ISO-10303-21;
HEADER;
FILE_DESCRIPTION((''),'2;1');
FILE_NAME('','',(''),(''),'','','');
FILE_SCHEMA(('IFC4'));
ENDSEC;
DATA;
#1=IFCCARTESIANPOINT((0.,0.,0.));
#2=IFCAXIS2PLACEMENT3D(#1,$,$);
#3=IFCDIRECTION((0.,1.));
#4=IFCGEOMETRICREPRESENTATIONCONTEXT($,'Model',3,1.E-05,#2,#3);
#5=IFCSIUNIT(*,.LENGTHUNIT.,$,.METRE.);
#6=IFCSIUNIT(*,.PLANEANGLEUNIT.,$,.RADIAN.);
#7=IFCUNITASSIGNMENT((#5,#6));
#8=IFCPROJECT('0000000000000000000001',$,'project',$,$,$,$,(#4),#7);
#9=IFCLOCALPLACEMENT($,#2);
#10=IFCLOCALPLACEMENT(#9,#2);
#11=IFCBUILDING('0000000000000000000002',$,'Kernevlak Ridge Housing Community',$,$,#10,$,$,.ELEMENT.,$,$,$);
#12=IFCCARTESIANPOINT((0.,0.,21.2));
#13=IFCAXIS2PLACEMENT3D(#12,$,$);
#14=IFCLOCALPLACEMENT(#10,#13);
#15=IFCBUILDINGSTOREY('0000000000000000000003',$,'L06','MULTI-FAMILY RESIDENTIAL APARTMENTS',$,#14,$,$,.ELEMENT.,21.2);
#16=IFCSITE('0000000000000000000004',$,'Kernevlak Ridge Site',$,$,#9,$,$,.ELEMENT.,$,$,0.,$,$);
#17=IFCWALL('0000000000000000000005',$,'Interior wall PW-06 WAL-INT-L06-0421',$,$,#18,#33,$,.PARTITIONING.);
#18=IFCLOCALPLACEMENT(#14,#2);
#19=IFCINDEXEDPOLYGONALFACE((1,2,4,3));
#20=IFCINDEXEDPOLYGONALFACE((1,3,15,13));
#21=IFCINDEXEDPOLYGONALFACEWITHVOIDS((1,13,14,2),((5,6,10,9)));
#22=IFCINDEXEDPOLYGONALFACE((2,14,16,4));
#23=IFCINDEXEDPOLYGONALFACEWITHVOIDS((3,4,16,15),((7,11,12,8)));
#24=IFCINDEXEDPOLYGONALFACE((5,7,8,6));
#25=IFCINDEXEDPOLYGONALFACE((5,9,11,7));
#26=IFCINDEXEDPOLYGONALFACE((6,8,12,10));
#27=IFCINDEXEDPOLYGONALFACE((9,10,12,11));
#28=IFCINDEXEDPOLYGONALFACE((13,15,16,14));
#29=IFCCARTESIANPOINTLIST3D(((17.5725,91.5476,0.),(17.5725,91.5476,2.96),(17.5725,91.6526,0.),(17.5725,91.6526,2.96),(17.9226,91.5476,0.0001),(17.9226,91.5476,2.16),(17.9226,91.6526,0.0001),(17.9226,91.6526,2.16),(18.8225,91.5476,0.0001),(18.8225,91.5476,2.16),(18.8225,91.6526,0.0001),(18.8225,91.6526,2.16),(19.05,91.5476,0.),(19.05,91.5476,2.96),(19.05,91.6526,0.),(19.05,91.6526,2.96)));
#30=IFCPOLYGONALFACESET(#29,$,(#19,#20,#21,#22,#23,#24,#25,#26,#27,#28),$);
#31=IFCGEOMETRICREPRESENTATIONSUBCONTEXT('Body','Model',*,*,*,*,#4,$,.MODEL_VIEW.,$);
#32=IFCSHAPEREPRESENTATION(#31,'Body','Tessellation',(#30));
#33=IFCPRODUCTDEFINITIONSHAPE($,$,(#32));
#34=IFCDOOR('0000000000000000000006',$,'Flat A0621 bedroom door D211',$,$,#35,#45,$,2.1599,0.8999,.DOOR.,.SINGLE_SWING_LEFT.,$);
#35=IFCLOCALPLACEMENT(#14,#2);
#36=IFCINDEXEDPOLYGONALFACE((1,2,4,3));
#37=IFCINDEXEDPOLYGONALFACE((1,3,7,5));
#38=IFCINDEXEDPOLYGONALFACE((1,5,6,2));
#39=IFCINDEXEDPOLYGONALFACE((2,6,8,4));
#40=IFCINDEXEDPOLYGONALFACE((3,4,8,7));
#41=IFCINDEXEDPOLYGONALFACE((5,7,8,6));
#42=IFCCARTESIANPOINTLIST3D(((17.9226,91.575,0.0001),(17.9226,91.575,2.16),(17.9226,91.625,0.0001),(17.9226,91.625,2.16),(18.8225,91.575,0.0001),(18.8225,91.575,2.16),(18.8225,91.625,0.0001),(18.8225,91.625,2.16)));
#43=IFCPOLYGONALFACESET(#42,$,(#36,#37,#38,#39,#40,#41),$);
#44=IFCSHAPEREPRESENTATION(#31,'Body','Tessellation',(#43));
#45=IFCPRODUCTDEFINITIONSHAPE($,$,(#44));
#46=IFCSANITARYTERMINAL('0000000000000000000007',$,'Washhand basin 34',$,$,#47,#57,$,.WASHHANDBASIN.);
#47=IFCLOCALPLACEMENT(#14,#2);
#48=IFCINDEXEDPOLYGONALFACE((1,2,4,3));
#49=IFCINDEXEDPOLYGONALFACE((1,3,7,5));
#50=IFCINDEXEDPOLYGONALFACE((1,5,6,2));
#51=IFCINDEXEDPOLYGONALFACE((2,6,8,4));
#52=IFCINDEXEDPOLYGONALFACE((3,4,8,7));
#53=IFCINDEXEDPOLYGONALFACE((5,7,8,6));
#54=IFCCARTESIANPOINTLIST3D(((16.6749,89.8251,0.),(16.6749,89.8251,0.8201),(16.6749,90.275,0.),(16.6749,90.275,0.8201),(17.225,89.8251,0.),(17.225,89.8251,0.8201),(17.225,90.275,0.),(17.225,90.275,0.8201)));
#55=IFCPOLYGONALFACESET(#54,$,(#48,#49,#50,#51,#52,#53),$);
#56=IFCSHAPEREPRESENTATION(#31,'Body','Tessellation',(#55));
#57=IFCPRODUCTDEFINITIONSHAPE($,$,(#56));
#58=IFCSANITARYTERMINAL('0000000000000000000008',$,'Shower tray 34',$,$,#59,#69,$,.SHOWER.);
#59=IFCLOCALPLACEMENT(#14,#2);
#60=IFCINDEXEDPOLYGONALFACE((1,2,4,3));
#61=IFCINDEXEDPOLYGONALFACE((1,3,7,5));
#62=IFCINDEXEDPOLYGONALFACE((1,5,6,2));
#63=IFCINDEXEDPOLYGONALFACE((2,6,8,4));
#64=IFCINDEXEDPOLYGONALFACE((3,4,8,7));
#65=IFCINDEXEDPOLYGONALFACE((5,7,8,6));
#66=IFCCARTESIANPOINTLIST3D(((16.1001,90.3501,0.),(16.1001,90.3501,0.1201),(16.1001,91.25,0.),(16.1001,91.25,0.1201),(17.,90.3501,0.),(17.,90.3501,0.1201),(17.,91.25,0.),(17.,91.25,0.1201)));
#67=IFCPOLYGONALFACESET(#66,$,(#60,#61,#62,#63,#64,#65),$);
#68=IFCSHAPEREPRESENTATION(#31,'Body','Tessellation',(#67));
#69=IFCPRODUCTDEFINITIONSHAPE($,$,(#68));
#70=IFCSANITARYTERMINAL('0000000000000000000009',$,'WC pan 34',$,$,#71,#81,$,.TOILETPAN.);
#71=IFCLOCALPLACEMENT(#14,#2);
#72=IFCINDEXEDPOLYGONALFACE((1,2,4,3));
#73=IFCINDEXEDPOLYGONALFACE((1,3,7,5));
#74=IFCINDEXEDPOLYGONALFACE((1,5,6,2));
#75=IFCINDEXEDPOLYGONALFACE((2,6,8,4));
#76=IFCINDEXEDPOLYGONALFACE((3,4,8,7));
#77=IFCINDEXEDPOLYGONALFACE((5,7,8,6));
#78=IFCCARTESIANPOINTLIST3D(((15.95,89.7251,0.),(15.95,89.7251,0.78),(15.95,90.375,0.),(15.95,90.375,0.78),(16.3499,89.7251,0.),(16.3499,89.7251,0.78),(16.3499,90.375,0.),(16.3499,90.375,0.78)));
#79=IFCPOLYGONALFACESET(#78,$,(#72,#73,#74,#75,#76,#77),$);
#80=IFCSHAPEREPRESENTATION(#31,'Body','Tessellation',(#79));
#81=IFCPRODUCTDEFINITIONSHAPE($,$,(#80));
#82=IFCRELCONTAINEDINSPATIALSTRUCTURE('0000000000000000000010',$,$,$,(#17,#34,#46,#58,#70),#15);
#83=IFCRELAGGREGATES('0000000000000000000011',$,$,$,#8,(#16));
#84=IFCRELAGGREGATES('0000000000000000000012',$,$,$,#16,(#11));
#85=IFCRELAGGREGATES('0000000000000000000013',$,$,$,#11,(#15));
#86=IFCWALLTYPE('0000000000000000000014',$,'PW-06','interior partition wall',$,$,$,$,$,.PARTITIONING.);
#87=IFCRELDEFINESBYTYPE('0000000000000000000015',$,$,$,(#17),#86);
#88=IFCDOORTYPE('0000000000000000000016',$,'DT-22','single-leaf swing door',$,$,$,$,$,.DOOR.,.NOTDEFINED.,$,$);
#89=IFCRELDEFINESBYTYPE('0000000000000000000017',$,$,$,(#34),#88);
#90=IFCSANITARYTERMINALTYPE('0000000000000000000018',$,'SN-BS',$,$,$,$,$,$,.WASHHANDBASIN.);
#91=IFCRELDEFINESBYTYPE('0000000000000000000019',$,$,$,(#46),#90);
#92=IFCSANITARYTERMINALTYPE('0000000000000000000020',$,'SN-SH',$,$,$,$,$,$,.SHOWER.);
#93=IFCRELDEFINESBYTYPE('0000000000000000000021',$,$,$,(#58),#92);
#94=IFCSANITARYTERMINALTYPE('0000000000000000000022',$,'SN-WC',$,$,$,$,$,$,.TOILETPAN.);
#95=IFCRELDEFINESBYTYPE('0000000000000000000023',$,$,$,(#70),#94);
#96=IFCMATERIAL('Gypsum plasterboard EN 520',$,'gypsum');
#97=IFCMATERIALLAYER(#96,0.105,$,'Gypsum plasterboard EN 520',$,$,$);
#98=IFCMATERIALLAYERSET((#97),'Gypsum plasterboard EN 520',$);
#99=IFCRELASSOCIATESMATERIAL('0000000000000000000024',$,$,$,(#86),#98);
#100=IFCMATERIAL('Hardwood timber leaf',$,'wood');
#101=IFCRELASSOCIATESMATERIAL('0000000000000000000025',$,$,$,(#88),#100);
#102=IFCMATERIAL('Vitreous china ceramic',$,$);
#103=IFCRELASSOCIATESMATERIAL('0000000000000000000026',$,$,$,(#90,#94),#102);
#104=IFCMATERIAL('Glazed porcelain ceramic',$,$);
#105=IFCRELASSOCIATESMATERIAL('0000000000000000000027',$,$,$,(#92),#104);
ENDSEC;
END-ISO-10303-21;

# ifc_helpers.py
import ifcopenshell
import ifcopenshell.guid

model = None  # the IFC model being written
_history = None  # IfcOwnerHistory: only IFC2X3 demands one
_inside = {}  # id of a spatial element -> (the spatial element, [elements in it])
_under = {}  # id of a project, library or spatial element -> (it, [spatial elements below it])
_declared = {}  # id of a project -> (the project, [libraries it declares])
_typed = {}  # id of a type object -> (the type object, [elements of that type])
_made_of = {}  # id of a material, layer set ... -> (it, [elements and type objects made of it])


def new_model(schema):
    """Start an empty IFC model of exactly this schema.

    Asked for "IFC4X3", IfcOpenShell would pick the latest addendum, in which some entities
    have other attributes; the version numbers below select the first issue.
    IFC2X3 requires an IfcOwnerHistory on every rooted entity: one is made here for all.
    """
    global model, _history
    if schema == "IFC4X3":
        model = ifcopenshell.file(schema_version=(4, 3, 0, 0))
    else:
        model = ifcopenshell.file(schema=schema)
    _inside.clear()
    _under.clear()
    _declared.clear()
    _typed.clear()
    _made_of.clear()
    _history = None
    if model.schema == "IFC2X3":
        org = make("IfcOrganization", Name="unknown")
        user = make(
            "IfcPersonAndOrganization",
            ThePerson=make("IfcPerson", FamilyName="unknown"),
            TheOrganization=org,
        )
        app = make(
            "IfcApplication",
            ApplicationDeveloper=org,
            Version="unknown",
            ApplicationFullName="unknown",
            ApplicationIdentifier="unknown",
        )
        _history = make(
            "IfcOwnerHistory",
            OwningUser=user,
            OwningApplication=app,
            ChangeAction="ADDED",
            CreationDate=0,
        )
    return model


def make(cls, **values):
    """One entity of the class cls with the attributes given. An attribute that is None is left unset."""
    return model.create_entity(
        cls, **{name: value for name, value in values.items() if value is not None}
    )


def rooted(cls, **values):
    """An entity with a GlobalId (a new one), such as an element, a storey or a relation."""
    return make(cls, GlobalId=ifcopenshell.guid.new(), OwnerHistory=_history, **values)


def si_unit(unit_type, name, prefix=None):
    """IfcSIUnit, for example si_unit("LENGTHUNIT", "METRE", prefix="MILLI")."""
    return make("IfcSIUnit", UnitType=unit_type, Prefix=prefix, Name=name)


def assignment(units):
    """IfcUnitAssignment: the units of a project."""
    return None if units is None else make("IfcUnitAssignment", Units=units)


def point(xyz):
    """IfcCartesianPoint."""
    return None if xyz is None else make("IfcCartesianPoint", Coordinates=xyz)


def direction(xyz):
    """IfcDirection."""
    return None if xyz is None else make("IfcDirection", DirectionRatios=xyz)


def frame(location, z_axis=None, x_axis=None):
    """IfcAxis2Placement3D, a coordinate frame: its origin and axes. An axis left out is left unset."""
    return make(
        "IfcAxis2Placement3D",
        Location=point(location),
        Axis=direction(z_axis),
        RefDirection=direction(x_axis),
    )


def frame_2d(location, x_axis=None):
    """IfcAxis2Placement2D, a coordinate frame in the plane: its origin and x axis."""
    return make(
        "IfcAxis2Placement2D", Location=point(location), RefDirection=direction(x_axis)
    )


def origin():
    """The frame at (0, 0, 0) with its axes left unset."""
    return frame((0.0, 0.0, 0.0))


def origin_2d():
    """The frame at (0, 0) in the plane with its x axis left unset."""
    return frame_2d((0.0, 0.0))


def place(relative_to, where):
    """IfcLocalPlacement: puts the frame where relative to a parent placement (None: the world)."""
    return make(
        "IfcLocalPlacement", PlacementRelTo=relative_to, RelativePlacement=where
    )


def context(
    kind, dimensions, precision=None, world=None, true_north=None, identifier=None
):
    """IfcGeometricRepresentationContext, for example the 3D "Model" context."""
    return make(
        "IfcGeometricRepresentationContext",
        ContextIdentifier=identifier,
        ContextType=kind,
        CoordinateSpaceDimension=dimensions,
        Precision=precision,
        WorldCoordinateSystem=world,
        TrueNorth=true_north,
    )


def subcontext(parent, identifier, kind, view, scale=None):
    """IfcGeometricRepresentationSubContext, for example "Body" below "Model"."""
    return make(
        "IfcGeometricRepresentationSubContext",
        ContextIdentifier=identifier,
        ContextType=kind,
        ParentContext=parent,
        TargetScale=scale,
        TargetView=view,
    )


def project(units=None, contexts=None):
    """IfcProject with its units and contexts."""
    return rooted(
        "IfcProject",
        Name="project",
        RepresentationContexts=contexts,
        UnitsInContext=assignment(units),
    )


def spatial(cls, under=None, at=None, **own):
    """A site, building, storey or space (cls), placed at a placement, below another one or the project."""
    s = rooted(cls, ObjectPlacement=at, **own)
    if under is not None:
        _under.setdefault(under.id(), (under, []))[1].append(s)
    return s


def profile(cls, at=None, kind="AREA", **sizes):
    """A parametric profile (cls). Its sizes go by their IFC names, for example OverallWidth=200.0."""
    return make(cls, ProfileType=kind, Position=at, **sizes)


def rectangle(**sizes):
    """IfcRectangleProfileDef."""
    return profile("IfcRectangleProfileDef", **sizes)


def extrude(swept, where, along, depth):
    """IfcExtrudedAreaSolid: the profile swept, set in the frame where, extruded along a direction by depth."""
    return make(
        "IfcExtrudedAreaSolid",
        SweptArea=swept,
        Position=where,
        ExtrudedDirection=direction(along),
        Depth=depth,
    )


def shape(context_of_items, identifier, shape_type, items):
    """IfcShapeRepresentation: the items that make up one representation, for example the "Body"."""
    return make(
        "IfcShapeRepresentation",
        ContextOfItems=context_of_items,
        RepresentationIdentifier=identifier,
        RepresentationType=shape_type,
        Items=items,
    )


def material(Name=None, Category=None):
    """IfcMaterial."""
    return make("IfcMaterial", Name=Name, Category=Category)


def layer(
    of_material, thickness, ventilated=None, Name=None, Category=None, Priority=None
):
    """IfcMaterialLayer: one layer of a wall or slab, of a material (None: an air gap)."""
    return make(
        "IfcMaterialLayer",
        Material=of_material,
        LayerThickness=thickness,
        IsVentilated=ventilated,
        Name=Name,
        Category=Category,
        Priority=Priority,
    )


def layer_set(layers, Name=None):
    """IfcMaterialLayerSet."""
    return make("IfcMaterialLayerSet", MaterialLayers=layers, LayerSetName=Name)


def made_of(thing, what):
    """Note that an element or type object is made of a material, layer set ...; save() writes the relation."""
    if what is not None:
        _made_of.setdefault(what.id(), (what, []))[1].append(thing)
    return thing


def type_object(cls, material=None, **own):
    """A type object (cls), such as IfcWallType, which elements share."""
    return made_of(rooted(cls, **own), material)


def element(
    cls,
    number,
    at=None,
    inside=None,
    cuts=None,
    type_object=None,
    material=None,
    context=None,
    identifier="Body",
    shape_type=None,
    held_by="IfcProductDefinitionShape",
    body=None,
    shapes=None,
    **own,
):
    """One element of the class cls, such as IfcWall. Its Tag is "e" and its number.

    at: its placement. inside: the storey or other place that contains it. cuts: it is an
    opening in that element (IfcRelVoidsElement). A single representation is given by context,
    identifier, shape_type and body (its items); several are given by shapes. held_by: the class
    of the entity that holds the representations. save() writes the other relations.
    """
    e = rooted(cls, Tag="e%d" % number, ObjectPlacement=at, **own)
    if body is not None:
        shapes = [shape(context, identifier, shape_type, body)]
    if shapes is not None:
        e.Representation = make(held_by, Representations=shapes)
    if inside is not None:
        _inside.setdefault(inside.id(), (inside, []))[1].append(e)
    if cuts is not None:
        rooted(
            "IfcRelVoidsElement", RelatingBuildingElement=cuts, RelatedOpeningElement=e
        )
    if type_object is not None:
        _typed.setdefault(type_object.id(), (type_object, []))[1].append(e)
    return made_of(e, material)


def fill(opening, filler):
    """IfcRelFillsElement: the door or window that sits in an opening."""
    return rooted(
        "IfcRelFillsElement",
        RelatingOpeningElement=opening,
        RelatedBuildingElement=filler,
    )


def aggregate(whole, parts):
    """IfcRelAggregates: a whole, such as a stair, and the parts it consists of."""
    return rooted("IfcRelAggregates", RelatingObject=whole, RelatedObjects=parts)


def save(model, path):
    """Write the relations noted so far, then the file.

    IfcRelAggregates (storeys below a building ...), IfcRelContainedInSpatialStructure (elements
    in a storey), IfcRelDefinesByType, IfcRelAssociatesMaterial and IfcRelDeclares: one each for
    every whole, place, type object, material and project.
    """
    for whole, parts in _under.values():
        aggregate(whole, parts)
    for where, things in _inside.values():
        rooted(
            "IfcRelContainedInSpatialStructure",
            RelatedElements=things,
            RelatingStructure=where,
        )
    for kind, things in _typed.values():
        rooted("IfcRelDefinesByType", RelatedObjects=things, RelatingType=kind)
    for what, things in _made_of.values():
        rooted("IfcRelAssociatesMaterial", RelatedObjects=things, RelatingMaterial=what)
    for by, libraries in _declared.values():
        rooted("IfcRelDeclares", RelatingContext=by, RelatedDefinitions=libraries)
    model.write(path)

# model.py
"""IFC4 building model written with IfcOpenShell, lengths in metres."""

from ifc_helpers import new_model, si_unit, direction, frame, frame_2d, origin, origin_2d, place, context, subcontext, project, spatial, rectangle, extrude, material, layer, layer_set, type_object, element, fill, save


model = new_model("IFC4")

# Units and contexts
model_context = context("Model", 3, precision=1e-05, world=origin(), true_north=direction((0.0, 1.0)))
body_context = subcontext(model_context, "Body", "Model", "MODEL_VIEW")
ifc_project = project(units=[si_unit("LENGTHUNIT", "METRE"), si_unit("PLANEANGLEUNIT", "RADIAN")], contexts=[model_context])

# Site, building, storey
site_placement = place(None, origin())
site = spatial("IfcSite", under=ifc_project, at=site_placement, Name="Kernevlak Ridge Site", CompositionType="ELEMENT", RefElevation=0.0)
building_placement = place(site_placement, origin())
building = spatial("IfcBuilding", under=site, at=building_placement, Name="Kernevlak Ridge Housing Community", CompositionType="ELEMENT")
storey_placement = place(building_placement, frame((0.0, 0.0, 21.2)))
storey = spatial("IfcBuildingStorey", under=building, at=storey_placement, Name="L06", Description="MULTI-FAMILY RESIDENTIAL APARTMENTS", CompositionType="ELEMENT", Elevation=21.2)

# Shared definitions
ifc_material_1 = material(Name="Gypsum plasterboard EN 520", Category="gypsum")

# Wall, opening, door
ifc_material_2 = material(Name="Hardwood timber leaf", Category="wood")
ifc_layer_1 = layer(ifc_material_1, 0.105, Name="Gypsum plasterboard EN 520")
ifc_layer_set_1 = layer_set([ifc_layer_1], Name="Gypsum plasterboard EN 520")
wall_type_1 = type_object("IfcWallType", Name="PW-06", Description="interior partition wall", PredefinedType="PARTITIONING", material=ifc_layer_set_1)
wall_1_placement = place(storey_placement, frame((17.5725, 91.6001, 0.0), z_axis=(0.0, 0.0, 1.0), x_axis=(1.0, 0.0, 0.0)))
wall_1 = element("IfcWall", 1, at=wall_1_placement, inside=storey, type_object=wall_type_1, Name="Interior wall PW-06 WAL-INT-L06-0421", PredefinedType="PARTITIONING", context=body_context, shape_type="SweptSolid", body=[
    extrude(rectangle(XDim=1.4775, YDim=0.105, at=frame_2d((0.7388, 0.0))), origin(), (0.0, 0.0, 1.0), 2.96),
])
opening_1_placement = place(wall_1_placement, frame((0.3501, 0.0, 0.0)))
opening_1 = element("IfcOpeningElement", 2, at=opening_1_placement, cuts=wall_1, PredefinedType="OPENING", context=body_context, shape_type="SweptSolid", body=[
    extrude(rectangle(XDim=0.8999, YDim=2.1599, at=frame_2d((0.45, 1.0801))), frame((0.0, 0.0625, 0.0), z_axis=(0.0, -1.0, 0.0), x_axis=(1.0, 0.0, 0.0)), (0.0, 0.0, 1.0), 0.125),
])
door_type_1 = type_object("IfcDoorType", Name="DT-22", Description="single-leaf swing door", OperationType="NOTDEFINED", PredefinedType="DOOR", material=ifc_material_2)
door_1_placement = place(opening_1_placement, origin())
door_1 = element("IfcDoor", 3, at=door_1_placement, inside=storey, type_object=door_type_1, Name="Flat A0621 bedroom door D211", OperationType="SINGLE_SWING_LEFT", OverallHeight=2.1599, OverallWidth=0.8999, PredefinedType="DOOR", context=body_context, shape_type="SweptSolid", body=[
    extrude(rectangle(XDim=0.8999, YDim=2.1599, at=frame_2d((0.45, 1.0801))), frame((0.0, 0.0249, 0.0), z_axis=(0.0, -1.0, 0.0), x_axis=(1.0, 0.0, 0.0)), (0.0, 0.0, 1.0), 0.05),
])
fill(opening_1, door_1)

# Sanitary terminals
ifc_material_3 = material(Name="Vitreous china ceramic")
sanitary_terminal_type_1 = type_object("IfcSanitaryTerminalType", Name="SN-BS", PredefinedType="WASHHANDBASIN", material=ifc_material_3)
sanitary_terminal_1_placement = place(storey_placement, frame((16.95, 90.05, 0.0), z_axis=(0.0, 0.0, 1.0), x_axis=(1.0, 0.0, 0.0)))
element("IfcSanitaryTerminal", 4, at=sanitary_terminal_1_placement, inside=storey, type_object=sanitary_terminal_type_1, Name="Washhand basin 34", PredefinedType="WASHHANDBASIN", context=body_context, shape_type="SweptSolid", body=[
    extrude(rectangle(XDim=0.55, YDim=0.45, at=origin_2d()), origin(), (0.0, 0.0, 1.0), 0.8201),
])
ifc_material_4 = material(Name="Glazed porcelain ceramic")
sanitary_terminal_type_2 = type_object("IfcSanitaryTerminalType", Name="SN-SH", PredefinedType="SHOWER", material=ifc_material_4)
sanitary_terminal_2_placement = place(storey_placement, frame((16.55, 90.8, 0.0), z_axis=(0.0, 0.0, 1.0), x_axis=(1.0, 0.0, 0.0)))
element("IfcSanitaryTerminal", 5, at=sanitary_terminal_2_placement, inside=storey, type_object=sanitary_terminal_type_2, Name="Shower tray 34", PredefinedType="SHOWER", context=body_context, shape_type="SweptSolid", body=[
    extrude(rectangle(XDim=0.8999, YDim=0.8999, at=origin_2d()), origin(), (0.0, 0.0, 1.0), 0.1201),
])
sanitary_terminal_type_3 = type_object("IfcSanitaryTerminalType", Name="SN-WC", PredefinedType="TOILETPAN", material=ifc_material_3)
sanitary_terminal_3_placement = place(storey_placement, frame((16.1499, 90.05, 0.0), z_axis=(0.0, 0.0, 1.0), x_axis=(1.0, 0.0, 0.0)))
element("IfcSanitaryTerminal", 6, at=sanitary_terminal_3_placement, inside=storey, type_object=sanitary_terminal_type_3, Name="WC pan 34", PredefinedType="TOILETPAN", context=body_context, shape_type="SweptSolid", body=[
    extrude(rectangle(XDim=0.3999, YDim=0.6499, at=origin_2d()), origin(), (0.0, 0.0, 1.0), 0.78),
])

save(model, "model.ifc")
